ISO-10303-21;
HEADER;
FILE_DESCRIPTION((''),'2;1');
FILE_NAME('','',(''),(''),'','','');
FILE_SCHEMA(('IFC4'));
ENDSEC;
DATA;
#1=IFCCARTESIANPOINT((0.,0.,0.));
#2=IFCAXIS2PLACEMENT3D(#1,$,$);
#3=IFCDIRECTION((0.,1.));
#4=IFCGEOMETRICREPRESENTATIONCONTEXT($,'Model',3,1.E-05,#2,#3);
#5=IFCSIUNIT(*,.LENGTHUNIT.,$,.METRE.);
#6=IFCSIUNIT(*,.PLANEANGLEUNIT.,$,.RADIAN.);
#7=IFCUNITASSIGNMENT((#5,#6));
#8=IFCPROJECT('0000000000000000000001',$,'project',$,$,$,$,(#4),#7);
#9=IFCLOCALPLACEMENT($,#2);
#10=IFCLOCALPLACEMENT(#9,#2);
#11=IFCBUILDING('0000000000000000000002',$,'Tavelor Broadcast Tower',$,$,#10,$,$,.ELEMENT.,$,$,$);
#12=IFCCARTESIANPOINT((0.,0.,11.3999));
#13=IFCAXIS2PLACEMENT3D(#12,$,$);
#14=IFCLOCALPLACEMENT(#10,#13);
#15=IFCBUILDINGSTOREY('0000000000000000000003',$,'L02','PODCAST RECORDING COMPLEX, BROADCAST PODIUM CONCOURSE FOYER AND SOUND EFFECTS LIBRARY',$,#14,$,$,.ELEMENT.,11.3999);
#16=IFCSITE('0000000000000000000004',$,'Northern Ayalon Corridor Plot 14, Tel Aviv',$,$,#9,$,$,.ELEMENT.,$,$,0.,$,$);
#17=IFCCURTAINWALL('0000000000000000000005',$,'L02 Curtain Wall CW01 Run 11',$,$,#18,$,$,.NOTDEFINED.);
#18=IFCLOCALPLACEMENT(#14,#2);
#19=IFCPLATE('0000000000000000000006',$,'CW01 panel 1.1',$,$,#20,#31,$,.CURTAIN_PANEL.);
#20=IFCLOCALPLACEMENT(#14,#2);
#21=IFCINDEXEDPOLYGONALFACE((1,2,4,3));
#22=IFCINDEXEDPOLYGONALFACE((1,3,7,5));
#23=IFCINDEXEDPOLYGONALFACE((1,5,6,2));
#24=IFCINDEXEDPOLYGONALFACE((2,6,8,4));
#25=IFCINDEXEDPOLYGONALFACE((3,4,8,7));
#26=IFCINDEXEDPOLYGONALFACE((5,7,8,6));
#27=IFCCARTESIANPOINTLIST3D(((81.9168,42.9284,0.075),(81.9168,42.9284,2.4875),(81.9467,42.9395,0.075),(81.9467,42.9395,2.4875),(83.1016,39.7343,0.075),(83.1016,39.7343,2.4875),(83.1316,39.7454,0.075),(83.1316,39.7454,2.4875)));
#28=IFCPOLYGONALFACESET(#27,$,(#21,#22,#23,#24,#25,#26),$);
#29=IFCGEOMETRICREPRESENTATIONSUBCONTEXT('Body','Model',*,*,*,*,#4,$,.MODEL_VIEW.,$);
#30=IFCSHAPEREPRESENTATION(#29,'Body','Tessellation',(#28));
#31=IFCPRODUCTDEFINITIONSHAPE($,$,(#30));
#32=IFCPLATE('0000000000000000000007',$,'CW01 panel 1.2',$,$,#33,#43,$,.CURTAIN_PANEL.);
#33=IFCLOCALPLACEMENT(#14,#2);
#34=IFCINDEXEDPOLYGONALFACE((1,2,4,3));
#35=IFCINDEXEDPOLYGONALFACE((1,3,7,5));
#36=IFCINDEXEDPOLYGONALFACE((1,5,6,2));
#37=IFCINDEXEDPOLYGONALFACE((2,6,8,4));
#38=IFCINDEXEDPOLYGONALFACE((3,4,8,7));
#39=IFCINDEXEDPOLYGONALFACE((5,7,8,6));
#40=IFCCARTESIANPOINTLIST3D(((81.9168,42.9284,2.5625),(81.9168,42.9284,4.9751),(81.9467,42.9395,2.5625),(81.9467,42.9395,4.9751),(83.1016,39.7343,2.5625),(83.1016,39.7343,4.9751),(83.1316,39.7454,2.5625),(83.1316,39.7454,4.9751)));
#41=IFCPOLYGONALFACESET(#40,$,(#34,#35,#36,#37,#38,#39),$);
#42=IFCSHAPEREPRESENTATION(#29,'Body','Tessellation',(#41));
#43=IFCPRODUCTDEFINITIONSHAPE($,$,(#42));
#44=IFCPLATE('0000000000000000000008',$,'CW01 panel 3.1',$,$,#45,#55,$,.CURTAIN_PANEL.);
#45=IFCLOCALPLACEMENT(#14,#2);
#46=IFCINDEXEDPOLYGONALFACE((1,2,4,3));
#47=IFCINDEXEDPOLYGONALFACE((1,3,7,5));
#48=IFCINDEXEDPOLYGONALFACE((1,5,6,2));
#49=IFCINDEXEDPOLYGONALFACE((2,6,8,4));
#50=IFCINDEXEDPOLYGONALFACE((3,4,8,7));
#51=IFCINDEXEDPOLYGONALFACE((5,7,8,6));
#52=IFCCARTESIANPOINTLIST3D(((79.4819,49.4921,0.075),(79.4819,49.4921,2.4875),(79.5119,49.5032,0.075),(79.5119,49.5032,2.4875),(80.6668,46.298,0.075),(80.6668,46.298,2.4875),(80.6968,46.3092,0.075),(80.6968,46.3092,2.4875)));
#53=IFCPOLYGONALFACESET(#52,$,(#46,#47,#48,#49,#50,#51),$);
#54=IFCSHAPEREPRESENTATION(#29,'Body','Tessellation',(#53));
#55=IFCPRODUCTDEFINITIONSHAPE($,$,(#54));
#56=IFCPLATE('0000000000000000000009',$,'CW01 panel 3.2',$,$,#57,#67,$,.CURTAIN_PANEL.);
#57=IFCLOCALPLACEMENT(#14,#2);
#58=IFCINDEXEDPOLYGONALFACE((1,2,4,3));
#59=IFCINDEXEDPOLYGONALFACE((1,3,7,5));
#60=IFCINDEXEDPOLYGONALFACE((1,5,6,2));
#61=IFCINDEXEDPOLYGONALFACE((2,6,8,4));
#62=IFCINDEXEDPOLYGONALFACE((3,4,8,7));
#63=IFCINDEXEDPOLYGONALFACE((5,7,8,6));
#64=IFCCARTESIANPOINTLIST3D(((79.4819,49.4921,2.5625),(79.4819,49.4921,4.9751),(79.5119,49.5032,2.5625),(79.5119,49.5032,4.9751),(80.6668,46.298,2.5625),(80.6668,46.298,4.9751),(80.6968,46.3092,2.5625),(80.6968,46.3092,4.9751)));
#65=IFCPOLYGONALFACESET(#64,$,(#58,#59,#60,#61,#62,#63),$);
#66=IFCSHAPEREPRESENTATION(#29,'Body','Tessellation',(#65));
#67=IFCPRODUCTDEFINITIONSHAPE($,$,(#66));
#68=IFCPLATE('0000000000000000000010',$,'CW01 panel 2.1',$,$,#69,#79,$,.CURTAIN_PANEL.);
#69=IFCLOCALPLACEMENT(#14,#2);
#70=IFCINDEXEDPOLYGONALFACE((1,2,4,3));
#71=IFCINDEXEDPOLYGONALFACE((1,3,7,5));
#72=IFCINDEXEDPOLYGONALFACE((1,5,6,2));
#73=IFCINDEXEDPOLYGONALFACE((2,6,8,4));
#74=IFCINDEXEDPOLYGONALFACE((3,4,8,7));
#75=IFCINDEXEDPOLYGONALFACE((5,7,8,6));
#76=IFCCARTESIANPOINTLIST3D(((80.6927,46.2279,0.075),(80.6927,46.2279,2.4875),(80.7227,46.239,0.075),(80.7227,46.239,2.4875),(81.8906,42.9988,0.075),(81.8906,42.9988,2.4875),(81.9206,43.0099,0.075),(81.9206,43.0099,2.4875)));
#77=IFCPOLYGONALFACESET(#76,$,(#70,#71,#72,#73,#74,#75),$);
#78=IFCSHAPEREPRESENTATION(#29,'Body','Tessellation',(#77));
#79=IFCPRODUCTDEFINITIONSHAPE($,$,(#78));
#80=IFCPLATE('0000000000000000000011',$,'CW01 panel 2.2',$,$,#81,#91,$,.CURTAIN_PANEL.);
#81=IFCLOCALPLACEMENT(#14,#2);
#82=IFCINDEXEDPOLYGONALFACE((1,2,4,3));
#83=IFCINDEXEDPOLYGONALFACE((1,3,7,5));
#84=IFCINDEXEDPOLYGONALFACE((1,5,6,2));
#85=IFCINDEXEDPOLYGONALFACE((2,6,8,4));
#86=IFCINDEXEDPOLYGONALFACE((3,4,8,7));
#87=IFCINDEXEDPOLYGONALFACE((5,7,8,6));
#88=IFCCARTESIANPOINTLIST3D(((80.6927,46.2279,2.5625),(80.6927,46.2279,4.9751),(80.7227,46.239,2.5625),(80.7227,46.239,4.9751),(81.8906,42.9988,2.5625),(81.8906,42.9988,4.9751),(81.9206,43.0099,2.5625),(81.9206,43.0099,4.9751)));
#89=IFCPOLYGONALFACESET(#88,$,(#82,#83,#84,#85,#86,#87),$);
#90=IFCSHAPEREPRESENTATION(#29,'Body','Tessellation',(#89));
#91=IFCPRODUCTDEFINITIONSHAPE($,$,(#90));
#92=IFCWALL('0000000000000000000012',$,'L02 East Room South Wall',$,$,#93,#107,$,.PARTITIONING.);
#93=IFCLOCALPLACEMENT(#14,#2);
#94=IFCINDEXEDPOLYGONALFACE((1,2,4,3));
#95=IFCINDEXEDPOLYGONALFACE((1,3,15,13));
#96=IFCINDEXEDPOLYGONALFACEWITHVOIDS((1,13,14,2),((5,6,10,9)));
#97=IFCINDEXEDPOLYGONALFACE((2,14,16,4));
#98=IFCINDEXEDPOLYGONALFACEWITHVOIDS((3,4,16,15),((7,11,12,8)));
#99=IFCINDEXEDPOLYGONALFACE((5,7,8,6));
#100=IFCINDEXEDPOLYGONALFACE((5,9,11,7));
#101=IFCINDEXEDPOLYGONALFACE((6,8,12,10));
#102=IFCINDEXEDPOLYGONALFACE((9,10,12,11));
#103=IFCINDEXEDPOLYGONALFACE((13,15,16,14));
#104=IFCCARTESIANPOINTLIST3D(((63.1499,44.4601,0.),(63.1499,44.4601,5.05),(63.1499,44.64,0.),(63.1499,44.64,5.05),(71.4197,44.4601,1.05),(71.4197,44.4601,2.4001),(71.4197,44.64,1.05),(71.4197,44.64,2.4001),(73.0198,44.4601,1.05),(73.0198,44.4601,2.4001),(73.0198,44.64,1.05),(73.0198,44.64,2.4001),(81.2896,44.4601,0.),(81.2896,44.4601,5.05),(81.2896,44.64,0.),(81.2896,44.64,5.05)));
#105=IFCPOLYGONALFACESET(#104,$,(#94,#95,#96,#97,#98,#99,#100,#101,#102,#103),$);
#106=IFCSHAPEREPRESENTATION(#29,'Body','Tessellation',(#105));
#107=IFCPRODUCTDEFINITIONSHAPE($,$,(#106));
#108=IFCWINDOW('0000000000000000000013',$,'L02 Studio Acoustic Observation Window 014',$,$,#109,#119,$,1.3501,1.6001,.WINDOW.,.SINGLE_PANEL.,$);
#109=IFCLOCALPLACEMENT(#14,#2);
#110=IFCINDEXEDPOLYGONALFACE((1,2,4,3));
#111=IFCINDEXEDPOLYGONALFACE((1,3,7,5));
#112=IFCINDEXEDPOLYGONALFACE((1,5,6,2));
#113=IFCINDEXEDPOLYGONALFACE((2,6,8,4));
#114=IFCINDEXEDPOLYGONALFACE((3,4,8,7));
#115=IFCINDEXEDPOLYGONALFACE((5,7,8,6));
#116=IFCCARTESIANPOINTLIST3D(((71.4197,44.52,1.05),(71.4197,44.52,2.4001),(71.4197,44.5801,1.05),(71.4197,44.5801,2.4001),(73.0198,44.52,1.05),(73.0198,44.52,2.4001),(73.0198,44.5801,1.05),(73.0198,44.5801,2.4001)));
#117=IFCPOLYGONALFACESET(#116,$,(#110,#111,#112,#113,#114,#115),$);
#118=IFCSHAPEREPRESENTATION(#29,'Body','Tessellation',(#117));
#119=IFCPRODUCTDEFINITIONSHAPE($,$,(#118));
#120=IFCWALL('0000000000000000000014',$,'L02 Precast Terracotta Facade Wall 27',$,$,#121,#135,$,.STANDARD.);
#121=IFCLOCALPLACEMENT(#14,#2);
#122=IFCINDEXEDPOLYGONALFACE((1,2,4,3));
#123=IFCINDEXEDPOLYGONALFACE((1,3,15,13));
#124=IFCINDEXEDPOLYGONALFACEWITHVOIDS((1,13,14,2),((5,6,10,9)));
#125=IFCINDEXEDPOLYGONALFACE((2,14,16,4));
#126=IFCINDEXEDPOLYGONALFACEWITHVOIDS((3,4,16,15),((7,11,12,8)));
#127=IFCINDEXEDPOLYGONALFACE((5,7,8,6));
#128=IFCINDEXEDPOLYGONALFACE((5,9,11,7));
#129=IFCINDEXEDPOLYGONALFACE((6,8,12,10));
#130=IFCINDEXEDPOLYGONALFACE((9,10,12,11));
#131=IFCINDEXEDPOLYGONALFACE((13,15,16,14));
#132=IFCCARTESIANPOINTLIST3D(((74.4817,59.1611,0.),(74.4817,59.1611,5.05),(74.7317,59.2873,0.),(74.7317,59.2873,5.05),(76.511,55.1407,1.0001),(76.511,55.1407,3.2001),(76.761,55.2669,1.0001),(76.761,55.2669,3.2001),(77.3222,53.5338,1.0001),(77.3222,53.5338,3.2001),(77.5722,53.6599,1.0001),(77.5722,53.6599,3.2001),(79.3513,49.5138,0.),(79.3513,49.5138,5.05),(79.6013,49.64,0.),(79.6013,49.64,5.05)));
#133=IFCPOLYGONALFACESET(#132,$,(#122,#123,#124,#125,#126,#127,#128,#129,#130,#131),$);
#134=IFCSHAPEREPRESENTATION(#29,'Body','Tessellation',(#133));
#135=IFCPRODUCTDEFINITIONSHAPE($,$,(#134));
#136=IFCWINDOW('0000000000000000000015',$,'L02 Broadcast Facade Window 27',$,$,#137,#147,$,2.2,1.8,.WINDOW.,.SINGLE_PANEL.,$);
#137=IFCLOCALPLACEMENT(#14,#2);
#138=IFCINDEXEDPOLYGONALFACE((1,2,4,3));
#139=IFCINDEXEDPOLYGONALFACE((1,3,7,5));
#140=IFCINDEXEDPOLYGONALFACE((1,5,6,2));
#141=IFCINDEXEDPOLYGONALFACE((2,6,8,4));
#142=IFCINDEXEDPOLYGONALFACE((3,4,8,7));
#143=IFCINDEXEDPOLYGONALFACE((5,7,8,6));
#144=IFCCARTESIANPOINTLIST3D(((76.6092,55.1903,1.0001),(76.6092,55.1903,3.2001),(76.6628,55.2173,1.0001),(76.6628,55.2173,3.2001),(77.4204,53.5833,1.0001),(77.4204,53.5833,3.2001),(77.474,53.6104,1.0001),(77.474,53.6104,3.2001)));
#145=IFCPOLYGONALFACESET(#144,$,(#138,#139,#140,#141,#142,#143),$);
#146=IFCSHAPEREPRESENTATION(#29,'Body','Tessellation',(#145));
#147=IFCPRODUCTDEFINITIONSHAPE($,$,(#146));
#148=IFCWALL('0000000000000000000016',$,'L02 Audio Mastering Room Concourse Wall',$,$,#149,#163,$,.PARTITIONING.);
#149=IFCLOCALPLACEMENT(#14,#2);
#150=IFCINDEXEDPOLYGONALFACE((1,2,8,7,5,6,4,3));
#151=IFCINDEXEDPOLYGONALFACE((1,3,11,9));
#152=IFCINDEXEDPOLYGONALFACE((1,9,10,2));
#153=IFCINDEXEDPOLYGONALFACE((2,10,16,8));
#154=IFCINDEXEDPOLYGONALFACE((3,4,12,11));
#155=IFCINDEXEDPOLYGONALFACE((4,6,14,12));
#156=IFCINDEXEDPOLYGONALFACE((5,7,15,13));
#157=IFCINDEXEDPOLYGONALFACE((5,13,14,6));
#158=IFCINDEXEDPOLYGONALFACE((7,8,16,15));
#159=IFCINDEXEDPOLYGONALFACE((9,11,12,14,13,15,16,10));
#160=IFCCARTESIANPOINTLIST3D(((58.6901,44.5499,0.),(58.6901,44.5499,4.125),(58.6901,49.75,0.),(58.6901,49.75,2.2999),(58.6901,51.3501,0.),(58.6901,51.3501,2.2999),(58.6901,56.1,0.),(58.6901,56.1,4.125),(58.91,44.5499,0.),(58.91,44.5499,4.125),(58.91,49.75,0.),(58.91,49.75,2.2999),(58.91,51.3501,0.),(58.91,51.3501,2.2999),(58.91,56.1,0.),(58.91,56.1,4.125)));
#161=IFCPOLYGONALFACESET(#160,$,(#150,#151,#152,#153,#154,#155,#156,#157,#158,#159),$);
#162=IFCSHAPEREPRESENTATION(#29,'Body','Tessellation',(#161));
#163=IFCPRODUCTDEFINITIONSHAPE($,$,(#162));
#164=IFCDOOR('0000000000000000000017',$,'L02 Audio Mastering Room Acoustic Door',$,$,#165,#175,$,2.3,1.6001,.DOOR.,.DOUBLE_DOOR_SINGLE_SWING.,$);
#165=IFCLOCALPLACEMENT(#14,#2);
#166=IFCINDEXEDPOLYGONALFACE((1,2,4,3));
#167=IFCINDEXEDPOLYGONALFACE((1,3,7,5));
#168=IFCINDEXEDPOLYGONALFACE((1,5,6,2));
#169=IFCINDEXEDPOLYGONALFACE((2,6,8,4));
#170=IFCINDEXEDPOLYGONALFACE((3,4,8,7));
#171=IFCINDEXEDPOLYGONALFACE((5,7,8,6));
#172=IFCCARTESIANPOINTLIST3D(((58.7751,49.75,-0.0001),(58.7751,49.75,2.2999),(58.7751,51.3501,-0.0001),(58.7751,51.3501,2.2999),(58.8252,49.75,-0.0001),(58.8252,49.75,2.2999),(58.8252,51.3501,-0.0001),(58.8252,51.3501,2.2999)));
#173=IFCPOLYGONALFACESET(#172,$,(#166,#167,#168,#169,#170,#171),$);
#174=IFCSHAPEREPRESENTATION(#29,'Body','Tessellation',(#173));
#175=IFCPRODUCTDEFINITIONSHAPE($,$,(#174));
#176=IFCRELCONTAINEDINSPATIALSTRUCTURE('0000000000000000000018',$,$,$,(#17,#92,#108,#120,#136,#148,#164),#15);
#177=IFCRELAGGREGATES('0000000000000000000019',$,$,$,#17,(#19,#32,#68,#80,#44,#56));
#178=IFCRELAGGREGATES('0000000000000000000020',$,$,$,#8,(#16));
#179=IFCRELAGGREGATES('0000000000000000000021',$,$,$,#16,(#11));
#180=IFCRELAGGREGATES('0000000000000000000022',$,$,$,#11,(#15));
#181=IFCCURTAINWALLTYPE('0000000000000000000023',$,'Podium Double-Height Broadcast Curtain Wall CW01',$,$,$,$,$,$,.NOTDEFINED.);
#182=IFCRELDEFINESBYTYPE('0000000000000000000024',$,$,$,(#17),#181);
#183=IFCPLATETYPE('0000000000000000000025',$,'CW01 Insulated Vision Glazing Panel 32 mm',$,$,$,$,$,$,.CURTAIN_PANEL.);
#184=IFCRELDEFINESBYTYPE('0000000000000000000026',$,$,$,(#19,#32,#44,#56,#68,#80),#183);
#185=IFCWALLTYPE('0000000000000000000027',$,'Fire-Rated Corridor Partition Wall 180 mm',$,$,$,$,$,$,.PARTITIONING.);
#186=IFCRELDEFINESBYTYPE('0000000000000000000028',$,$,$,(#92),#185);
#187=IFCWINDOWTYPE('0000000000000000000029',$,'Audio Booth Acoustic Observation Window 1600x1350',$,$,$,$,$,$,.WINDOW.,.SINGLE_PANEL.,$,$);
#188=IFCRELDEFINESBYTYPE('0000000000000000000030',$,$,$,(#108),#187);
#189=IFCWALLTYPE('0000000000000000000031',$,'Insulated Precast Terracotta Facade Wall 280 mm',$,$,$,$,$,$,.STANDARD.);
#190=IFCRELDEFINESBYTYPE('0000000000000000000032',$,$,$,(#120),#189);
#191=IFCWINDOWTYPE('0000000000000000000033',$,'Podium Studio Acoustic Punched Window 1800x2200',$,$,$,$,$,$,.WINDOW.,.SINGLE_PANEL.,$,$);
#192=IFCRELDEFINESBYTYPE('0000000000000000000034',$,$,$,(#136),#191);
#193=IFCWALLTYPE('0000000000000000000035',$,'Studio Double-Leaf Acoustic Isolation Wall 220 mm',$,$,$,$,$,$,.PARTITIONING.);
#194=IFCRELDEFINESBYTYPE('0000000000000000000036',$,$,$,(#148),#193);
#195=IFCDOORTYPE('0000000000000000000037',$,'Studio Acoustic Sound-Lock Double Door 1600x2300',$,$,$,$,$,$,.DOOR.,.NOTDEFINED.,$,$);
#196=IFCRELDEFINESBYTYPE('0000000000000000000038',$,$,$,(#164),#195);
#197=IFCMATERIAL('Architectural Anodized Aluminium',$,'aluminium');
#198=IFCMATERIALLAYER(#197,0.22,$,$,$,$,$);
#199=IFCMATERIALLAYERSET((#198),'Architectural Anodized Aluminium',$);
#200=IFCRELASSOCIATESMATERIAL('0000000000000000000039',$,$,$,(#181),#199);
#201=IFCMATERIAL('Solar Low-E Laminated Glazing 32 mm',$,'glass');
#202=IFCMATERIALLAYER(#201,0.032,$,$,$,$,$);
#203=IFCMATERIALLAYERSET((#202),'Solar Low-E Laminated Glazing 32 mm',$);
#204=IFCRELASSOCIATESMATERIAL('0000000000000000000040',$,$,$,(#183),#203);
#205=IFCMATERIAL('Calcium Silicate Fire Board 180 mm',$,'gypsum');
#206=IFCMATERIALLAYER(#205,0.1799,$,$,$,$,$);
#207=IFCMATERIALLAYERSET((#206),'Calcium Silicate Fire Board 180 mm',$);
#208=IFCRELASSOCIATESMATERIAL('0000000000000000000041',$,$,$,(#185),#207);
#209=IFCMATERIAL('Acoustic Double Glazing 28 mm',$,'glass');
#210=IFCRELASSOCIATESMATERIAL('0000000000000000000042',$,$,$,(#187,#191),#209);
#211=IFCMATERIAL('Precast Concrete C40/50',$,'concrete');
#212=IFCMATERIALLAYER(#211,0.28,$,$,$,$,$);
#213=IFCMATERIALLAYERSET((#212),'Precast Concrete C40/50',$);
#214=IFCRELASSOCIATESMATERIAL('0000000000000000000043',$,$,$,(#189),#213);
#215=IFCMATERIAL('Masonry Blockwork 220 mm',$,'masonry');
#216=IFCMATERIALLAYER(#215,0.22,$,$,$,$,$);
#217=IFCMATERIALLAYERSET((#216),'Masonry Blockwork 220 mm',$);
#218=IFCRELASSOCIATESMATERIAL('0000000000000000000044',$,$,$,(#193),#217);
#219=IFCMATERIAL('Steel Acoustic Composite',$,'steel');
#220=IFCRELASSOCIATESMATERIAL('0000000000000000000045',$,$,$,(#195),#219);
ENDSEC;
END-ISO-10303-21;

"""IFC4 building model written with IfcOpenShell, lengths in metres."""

from ifc_helpers import new_model, si_unit, direction, frame, frame_2d, origin, origin_2d, place, context, subcontext, project, spatial, rectangle, extrude, source, transform, mapped, material, layer, layer_set, type_object, type_shapes, element, fill, aggregate, save


model = new_model("IFC4")

# Units and contexts
model_context = context("Model", 3, precision=1e-05, world=origin(), true_north=direction((0.0, 1.0)))
body_context = subcontext(model_context, "Body", "Model", "MODEL_VIEW")
ifc_project = project(units=[si_unit("LENGTHUNIT", "METRE"), si_unit("PLANEANGLEUNIT", "RADIAN")], contexts=[model_context])

# Site, building, storey
site_placement = place(None, origin())
site = spatial("IfcSite", under=ifc_project, at=site_placement, Name="Northern Ayalon Corridor Plot 14, Tel Aviv", CompositionType="ELEMENT", RefElevation=0.0)
building_placement = place(site_placement, origin())
building = spatial("IfcBuilding", under=site, at=building_placement, Name="Tavelor Broadcast Tower", CompositionType="ELEMENT")
storey_placement = place(building_placement, frame((0.0, 0.0, 11.3999)))
storey = spatial("IfcBuildingStorey", under=building, at=storey_placement, Name="L02", Description="PODCAST RECORDING COMPLEX, BROADCAST PODIUM CONCOURSE FOYER AND SOUND EFFECTS LIBRARY", CompositionType="ELEMENT", Elevation=11.3999)

# Curtain wall
ifc_material_1 = material(Name="Architectural Anodized Aluminium", Category="aluminium")
ifc_layer_1 = layer(ifc_material_1, 0.22)
ifc_layer_set_1 = layer_set([ifc_layer_1], Name="Architectural Anodized Aluminium")
curtain_wall_type = type_object("IfcCurtainWallType", Name="Podium Double-Height Broadcast Curtain Wall CW01", PredefinedType="NOTDEFINED", material=ifc_layer_set_1)
curtain_wall_placement = place(storey_placement, origin())
curtain_wall = element("IfcCurtainWall", 1, at=curtain_wall_placement, inside=storey, type_object=curtain_wall_type, Name="L02 Curtain Wall CW01 Run 11", PredefinedType="NOTDEFINED")

# Plates
ifc_material_2 = material(Name="Solar Low-E Laminated Glazing 32 mm", Category="glass")
ifc_layer_2 = layer(ifc_material_2, 0.032)
ifc_layer_set_2 = layer_set([ifc_layer_2], Name="Solar Low-E Laminated Glazing 32 mm")
plate_type_1 = type_object("IfcPlateType", Name="CW01 Insulated Vision Glazing Panel 32 mm", PredefinedType="CURTAIN_PANEL", material=ifc_layer_set_2)
shared_shape_1 = source(origin(), body_context, "Body", "SweptSolid", [
    extrude(rectangle(XDim=3.4067, YDim=0.032, at=origin_2d()), origin(), (0.0, 0.0, 1.0), 2.4126),
])
plate_1_placement = place(storey_placement, frame((82.5242, 41.3369, 0.075), z_axis=(0.0, 0.0, 1.0), x_axis=(-0.347794, 0.937571, 0.0)))
plate_1 = element("IfcPlate", 2, at=plate_1_placement, type_object=plate_type_1, Name="CW01 panel 1.1", PredefinedType="CURTAIN_PANEL", context=body_context, shape_type="MappedRepresentation", body=[
    mapped(shared_shape_1, transform((0.0, 0.0, 0.0), scale=1.0)),
])
plate_2_placement = place(storey_placement, frame((82.5242, 41.3369, 2.5625), z_axis=(0.0, 0.0, 1.0), x_axis=(-0.347794, 0.937571, 0.0)))
plate_2 = element("IfcPlate", 3, at=plate_2_placement, type_object=plate_type_1, Name="CW01 panel 1.2", PredefinedType="CURTAIN_PANEL", context=body_context, shape_type="MappedRepresentation", body=[
    mapped(shared_shape_1, transform((0.0, 0.0, 0.0), scale=1.0)),
])
plate_3_placement = place(storey_placement, frame((80.0894, 47.9006, 0.075), z_axis=(0.0, 0.0, 1.0), x_axis=(-0.347794, 0.937571, 0.0)))
plate_3 = element("IfcPlate", 4, at=plate_3_placement, type_object=plate_type_1, Name="CW01 panel 3.1", PredefinedType="CURTAIN_PANEL", context=body_context, shape_type="MappedRepresentation", body=[
    mapped(shared_shape_1, transform((0.0, 0.0, 0.0), scale=1.0)),
])
plate_4_placement = place(storey_placement, frame((80.0894, 47.9006, 2.5625), z_axis=(0.0, 0.0, 1.0), x_axis=(-0.347794, 0.937571, 0.0)))
plate_4 = element("IfcPlate", 5, at=plate_4_placement, type_object=plate_type_1, Name="CW01 panel 3.2", PredefinedType="CURTAIN_PANEL", context=body_context, shape_type="MappedRepresentation", body=[
    mapped(shared_shape_1, transform((0.0, 0.0, 0.0), scale=1.0)),
])
shared_shape_2 = source(origin(), body_context, "Body", "SweptSolid", [
    extrude(rectangle(XDim=3.4441, YDim=0.032, at=origin_2d()), origin(), (0.0, 0.0, 1.0), 2.4126),
])
type_shapes(plate_type_1, [shared_shape_1, shared_shape_2])
plate_5_placement = place(storey_placement, frame((81.3066, 44.6189, 0.075), z_axis=(0.0, 0.0, 1.0), x_axis=(-0.347794, 0.937571, 0.0)))
plate_5 = element("IfcPlate", 6, at=plate_5_placement, type_object=plate_type_1, Name="CW01 panel 2.1", PredefinedType="CURTAIN_PANEL", context=body_context, shape_type="MappedRepresentation", body=[
    mapped(shared_shape_2, transform((0.0, 0.0, 0.0), scale=1.0)),
])
plate_6_placement = place(storey_placement, frame((81.3066, 44.6189, 2.5625), z_axis=(0.0, 0.0, 1.0), x_axis=(-0.347794, 0.937571, 0.0)))
plate_6 = element("IfcPlate", 7, at=plate_6_placement, type_object=plate_type_1, Name="CW01 panel 2.2", PredefinedType="CURTAIN_PANEL", context=body_context, shape_type="MappedRepresentation", body=[
    mapped(shared_shape_2, transform((0.0, 0.0, 0.0), scale=1.0)),
])
aggregate(curtain_wall, [plate_1, plate_2, plate_5, plate_6, plate_3, plate_4])

# Walls, openings, windows
ifc_material_3 = material(Name="Calcium Silicate Fire Board 180 mm", Category="gypsum")
ifc_layer_3 = layer(ifc_material_3, 0.1799)
ifc_layer_set_3 = layer_set([ifc_layer_3], Name="Calcium Silicate Fire Board 180 mm")
wall_type_1 = type_object("IfcWallType", Name="Fire-Rated Corridor Partition Wall 180 mm", PredefinedType="PARTITIONING", material=ifc_layer_set_3)
wall_1_placement = place(storey_placement, frame((63.1499, 44.55, 0.0), z_axis=(0.0, 0.0, 1.0), x_axis=(1.0, 0.0, 0.0)))
wall_1 = element("IfcWall", 8, at=wall_1_placement, inside=storey, type_object=wall_type_1, Name="L02 East Room South Wall", PredefinedType="PARTITIONING", context=body_context, shape_type="SweptSolid", body=[
    extrude(rectangle(XDim=18.1396, YDim=0.1799, at=frame_2d((9.0698, 0.0))), origin(), (0.0, 0.0, 1.0), 5.05),
])
opening_1_placement = place(wall_1_placement, frame((8.2698, 0.0, 1.05)))
opening_1 = element("IfcOpeningElement", 9, at=opening_1_placement, cuts=wall_1, PredefinedType="OPENING", context=body_context, shape_type="SweptSolid", body=[
    extrude(rectangle(XDim=1.6001, YDim=1.3501, at=frame_2d((0.8, 0.675))), frame((0.0, 0.1001, 0.0), z_axis=(0.0, -1.0, 0.0), x_axis=(1.0, 0.0, 0.0)), (0.0, 0.0, 1.0), 0.2),
])
ifc_material_4 = material(Name="Acoustic Double Glazing 28 mm", Category="glass")
window_type_1 = type_object("IfcWindowType", Name="Audio Booth Acoustic Observation Window 1600x1350", PartitioningType="SINGLE_PANEL", PredefinedType="WINDOW", material=ifc_material_4)
window_1_placement = place(opening_1_placement, origin())
window_1 = element("IfcWindow", 10, at=window_1_placement, inside=storey, type_object=window_type_1, Name="L02 Studio Acoustic Observation Window 014", OverallHeight=1.3501, OverallWidth=1.6001, PartitioningType="SINGLE_PANEL", PredefinedType="WINDOW", context=body_context, shape_type="SweptSolid", body=[
    extrude(rectangle(XDim=1.6001, YDim=1.3501, at=frame_2d((0.8, 0.675))), frame((0.0, 0.03, 0.0), z_axis=(0.0, -1.0, 0.0), x_axis=(1.0, 0.0, 0.0)), (0.0, 0.0, 1.0), 0.0601),
])
fill(opening_1, window_1)
ifc_material_5 = material(Name="Precast Concrete C40/50", Category="concrete")
ifc_layer_4 = layer(ifc_material_5, 0.28)
ifc_layer_set_4 = layer_set([ifc_layer_4], Name="Precast Concrete C40/50")
wall_type_2 = type_object("IfcWallType", Name="Insulated Precast Terracotta Facade Wall 280 mm", PredefinedType="STANDARD", material=ifc_layer_set_4)
wall_2_placement = place(storey_placement, frame((79.4763, 49.5769, 0.0), z_axis=(0.0, 0.0, 1.0), x_axis=(-0.450617, 0.892717, 0.0)))
wall_2 = element("IfcWall", 11, at=wall_2_placement, inside=storey, type_object=wall_type_2, Name="L02 Precast Terracotta Facade Wall 27", PredefinedType="STANDARD", context=body_context, shape_type="SweptSolid", body=[
    extrude(rectangle(XDim=10.8066, YDim=0.28, at=frame_2d((5.4033, 0.0))), origin(), (0.0, 0.0, 1.0), 5.05),
])
opening_2_placement = place(wall_2_placement, frame((4.5032, 0.0, 1.0)))
opening_2 = element("IfcOpeningElement", 12, at=opening_2_placement, cuts=wall_2, PredefinedType="OPENING", context=body_context, shape_type="SweptSolid", body=[
    extrude(rectangle(XDim=1.8, YDim=2.2, at=frame_2d((0.8999, 1.1001))), frame((0.0, 0.1499, 0.0), z_axis=(0.0, -1.0, 0.0), x_axis=(1.0, 0.0, 0.0)), (0.0, 0.0, 1.0), 0.3),
])
window_type_2 = type_object("IfcWindowType", Name="Podium Studio Acoustic Punched Window 1800x2200", PartitioningType="SINGLE_PANEL", PredefinedType="WINDOW", material=ifc_material_4)
window_2_placement = place(opening_2_placement, origin())
window_2 = element("IfcWindow", 13, at=window_2_placement, inside=storey, type_object=window_type_2, Name="L02 Broadcast Facade Window 27", OverallHeight=2.2, OverallWidth=1.8, PartitioningType="SINGLE_PANEL", PredefinedType="WINDOW", context=body_context, shape_type="SweptSolid", body=[
    extrude(rectangle(XDim=1.8, YDim=2.2, at=frame_2d((0.8999, 1.1001))), frame((0.0, 0.03, 0.0), z_axis=(0.0, -1.0, 0.0), x_axis=(1.0, 0.0, 0.0)), (0.0, 0.0, 1.0), 0.0601),
])
fill(opening_2, window_2)

# Wall, opening, door
ifc_material_6 = material(Name="Masonry Blockwork 220 mm", Category="masonry")
ifc_layer_5 = layer(ifc_material_6, 0.22)
ifc_layer_set_5 = layer_set([ifc_layer_5], Name="Masonry Blockwork 220 mm")
wall_type_3 = type_object("IfcWallType", Name="Studio Double-Leaf Acoustic Isolation Wall 220 mm", PredefinedType="PARTITIONING", material=ifc_layer_set_5)
wall_3_placement = place(storey_placement, frame((58.8, 44.55, 0.0), z_axis=(0.0, 0.0, 1.0), x_axis=(0.0, 1.0, 0.0)))
wall_3 = element("IfcWall", 14, at=wall_3_placement, inside=storey, type_object=wall_type_3, Name="L02 Audio Mastering Room Concourse Wall", PredefinedType="PARTITIONING", context=body_context, shape_type="SweptSolid", body=[
    extrude(rectangle(XDim=11.55, YDim=0.22, at=frame_2d((5.7749, 0.0))), origin(), (0.0, 0.0, 1.0), 4.125),
])
opening_3_placement = place(wall_3_placement, frame((5.2, 0.0, 0.0)))
opening_3 = element("IfcOpeningElement", 15, at=opening_3_placement, cuts=wall_3, PredefinedType="OPENING", context=body_context, shape_type="SweptSolid", body=[
    extrude(rectangle(XDim=1.6001, YDim=2.3, at=frame_2d((0.8, 1.1499))), frame((0.0, 0.1201, 0.0), z_axis=(0.0, -1.0, 0.0), x_axis=(1.0, 0.0, 0.0)), (0.0, 0.0, 1.0), 0.24),
])
ifc_material_7 = material(Name="Steel Acoustic Composite", Category="steel")
door_type = type_object("IfcDoorType", Name="Studio Acoustic Sound-Lock Double Door 1600x2300", OperationType="NOTDEFINED", PredefinedType="DOOR", material=ifc_material_7)
door_placement = place(opening_3_placement, origin())
door = element("IfcDoor", 16, at=door_placement, inside=storey, type_object=door_type, Name="L02 Audio Mastering Room Acoustic Door", OperationType="DOUBLE_DOOR_SINGLE_SWING", OverallHeight=2.3, OverallWidth=1.6001, PredefinedType="DOOR", context=body_context, shape_type="SweptSolid", body=[
    extrude(rectangle(XDim=1.6001, YDim=2.3, at=frame_2d((0.8, 1.1499))), frame((0.0, 0.0249, 0.0), z_axis=(0.0, -1.0, 0.0), x_axis=(1.0, 0.0, 0.0)), (0.0, 0.0, 1.0), 0.05),
])
fill(opening_3, door)

save(model, "model.ifc")
